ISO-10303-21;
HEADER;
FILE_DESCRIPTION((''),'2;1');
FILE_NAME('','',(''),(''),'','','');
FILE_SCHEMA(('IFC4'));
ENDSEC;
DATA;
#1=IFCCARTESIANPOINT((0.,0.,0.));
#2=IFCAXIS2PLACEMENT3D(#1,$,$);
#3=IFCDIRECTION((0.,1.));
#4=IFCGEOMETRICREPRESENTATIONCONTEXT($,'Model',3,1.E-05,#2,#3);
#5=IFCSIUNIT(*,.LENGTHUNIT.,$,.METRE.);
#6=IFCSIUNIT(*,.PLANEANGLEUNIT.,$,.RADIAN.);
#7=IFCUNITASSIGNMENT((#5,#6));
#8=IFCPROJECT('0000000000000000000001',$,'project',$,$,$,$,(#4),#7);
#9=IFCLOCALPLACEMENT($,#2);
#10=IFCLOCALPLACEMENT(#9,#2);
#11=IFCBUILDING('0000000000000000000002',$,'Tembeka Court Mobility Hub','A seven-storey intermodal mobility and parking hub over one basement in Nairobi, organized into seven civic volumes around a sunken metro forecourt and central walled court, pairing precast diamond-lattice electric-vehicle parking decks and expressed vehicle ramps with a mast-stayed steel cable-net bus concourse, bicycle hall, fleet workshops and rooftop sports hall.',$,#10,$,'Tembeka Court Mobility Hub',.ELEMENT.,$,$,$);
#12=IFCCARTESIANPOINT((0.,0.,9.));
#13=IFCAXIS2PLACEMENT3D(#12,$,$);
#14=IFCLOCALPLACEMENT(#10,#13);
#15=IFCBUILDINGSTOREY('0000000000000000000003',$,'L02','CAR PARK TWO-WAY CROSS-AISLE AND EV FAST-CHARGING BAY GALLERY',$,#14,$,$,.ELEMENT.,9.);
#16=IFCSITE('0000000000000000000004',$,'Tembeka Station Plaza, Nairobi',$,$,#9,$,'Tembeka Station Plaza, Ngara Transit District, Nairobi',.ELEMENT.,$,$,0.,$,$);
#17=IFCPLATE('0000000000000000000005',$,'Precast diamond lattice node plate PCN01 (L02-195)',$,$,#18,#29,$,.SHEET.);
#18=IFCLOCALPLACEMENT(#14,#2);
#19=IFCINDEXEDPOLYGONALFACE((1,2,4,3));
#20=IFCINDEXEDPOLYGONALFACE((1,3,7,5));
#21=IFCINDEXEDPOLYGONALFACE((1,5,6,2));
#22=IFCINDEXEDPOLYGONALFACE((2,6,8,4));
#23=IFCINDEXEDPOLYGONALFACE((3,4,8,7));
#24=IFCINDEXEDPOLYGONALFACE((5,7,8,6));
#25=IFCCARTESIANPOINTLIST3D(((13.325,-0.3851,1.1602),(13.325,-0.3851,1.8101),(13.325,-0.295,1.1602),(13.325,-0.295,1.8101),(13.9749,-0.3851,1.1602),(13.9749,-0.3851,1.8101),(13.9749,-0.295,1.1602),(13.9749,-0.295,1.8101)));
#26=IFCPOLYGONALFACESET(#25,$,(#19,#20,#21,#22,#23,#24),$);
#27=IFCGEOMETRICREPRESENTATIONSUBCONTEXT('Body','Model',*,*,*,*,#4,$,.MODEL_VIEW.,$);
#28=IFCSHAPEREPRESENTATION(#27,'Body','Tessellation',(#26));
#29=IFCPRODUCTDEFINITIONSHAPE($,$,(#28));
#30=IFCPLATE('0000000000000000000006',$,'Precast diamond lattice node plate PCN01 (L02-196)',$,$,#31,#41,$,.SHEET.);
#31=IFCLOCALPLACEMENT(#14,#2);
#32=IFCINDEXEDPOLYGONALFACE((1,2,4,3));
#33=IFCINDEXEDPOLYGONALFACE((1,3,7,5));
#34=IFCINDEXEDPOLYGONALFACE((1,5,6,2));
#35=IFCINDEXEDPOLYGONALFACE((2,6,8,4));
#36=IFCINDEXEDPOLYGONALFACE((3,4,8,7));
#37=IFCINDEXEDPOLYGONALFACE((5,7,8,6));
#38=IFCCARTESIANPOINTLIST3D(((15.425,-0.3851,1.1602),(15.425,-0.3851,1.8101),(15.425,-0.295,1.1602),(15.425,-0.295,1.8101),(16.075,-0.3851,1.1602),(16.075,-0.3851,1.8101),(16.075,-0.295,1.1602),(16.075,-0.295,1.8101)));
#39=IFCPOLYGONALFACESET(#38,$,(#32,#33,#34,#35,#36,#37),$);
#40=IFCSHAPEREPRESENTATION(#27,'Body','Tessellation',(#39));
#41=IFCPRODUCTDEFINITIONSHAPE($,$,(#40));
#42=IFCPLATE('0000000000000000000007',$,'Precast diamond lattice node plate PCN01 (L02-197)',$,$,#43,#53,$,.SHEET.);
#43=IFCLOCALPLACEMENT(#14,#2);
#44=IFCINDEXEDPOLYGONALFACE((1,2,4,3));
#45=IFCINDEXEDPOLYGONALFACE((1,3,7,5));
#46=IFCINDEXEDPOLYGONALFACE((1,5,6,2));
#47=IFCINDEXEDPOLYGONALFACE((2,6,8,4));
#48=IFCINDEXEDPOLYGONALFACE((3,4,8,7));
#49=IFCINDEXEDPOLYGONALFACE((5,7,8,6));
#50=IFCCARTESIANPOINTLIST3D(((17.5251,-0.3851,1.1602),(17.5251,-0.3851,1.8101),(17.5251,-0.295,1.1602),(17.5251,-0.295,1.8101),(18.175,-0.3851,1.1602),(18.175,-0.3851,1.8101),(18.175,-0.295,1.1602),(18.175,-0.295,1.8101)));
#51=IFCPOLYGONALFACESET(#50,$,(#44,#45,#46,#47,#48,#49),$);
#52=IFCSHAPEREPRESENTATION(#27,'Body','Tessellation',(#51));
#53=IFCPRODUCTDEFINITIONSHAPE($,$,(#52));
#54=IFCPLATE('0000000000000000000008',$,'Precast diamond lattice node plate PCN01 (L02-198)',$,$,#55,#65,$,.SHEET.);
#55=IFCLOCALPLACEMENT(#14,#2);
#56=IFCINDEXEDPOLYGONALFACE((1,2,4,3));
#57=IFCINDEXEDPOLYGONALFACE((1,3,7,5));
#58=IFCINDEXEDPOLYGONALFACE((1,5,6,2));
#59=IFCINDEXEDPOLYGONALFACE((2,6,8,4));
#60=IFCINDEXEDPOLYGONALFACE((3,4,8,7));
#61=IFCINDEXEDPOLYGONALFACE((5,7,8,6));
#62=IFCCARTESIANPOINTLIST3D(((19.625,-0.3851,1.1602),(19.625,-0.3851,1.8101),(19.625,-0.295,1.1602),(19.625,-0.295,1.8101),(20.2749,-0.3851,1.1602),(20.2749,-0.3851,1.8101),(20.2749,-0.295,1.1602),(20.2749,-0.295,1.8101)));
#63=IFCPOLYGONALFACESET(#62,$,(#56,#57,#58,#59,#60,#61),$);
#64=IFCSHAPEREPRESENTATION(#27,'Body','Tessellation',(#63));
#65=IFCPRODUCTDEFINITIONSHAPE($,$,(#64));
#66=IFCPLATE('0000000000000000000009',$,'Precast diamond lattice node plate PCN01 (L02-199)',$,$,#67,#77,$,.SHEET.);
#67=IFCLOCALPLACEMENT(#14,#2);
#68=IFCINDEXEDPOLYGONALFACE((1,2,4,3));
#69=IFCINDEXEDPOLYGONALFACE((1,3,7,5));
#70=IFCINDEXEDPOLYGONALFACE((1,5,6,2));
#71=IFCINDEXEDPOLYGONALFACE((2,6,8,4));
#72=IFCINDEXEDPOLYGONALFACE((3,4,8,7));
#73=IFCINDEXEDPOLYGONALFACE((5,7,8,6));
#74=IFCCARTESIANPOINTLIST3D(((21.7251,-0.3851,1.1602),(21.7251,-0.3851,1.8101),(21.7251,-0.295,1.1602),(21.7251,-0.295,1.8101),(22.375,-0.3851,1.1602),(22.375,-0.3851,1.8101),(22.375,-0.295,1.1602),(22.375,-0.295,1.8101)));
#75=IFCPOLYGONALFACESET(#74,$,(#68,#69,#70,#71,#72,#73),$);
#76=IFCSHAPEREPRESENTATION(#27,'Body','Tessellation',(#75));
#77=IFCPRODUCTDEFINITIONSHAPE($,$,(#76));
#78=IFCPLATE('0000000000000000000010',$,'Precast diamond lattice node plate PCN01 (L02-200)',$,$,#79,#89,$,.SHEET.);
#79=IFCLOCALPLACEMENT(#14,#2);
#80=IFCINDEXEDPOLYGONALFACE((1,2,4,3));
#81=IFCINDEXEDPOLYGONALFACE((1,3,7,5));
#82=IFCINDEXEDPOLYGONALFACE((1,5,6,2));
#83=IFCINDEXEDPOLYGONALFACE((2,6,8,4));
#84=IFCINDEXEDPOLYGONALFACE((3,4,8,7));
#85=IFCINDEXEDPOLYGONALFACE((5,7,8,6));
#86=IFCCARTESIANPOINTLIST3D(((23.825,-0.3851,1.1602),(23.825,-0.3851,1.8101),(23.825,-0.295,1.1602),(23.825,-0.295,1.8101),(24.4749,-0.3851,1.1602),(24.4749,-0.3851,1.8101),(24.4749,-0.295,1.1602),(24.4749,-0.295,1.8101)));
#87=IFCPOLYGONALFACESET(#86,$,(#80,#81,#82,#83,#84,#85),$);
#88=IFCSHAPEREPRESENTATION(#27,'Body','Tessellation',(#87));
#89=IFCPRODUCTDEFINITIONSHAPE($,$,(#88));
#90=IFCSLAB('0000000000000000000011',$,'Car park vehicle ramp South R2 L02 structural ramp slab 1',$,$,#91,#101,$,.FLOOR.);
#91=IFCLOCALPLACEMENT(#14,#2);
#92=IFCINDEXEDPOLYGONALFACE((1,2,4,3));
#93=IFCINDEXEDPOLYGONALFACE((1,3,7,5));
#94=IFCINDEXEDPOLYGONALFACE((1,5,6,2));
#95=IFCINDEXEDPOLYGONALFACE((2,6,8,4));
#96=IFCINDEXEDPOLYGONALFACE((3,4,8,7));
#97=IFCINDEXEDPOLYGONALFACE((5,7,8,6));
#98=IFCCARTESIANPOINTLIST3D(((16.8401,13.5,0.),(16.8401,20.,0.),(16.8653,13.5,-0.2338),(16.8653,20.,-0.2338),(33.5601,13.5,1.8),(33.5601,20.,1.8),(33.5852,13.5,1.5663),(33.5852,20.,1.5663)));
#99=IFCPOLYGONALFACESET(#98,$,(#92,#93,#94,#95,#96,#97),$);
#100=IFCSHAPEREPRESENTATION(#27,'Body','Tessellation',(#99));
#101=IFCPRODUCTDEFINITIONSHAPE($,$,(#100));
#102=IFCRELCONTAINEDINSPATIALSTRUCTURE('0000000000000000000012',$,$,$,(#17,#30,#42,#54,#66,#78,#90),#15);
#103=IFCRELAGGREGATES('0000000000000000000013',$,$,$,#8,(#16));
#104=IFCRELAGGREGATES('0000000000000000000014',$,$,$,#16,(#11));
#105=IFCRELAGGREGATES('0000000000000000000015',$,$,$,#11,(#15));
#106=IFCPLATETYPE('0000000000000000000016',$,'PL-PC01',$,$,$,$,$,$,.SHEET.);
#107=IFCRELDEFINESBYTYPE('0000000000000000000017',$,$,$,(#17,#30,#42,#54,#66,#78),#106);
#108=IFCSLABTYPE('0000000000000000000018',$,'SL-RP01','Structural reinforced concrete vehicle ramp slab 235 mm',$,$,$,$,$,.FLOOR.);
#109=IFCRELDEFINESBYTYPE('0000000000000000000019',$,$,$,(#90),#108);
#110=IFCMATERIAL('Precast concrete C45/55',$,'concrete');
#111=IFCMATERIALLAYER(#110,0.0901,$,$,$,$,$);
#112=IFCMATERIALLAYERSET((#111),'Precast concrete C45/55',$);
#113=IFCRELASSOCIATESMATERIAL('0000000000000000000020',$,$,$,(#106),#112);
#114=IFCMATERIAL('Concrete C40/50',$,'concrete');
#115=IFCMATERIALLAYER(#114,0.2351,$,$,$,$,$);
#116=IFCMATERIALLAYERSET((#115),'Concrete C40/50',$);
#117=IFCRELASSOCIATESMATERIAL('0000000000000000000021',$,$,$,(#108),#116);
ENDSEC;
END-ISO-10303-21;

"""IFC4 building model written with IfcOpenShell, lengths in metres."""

from ifc_helpers import new_model, si_unit, direction, frame, origin, origin_2d, place, context, subcontext, project, spatial, polyline, rectangle, outline, extrude, material, layer, layer_set, type_object, element, save


model = new_model("IFC4")

# Units and contexts
model_context = context("Model", 3, precision=1e-05, world=origin(), true_north=direction((0.0, 1.0)))
body_context = subcontext(model_context, "Body", "Model", "MODEL_VIEW")
ifc_project = project(units=[si_unit("LENGTHUNIT", "METRE"), si_unit("PLANEANGLEUNIT", "RADIAN")], contexts=[model_context])

# Site, building, storey
site_placement = place(None, origin())
site = spatial("IfcSite", under=ifc_project, at=site_placement, Name="Tembeka Station Plaza, Nairobi", LongName="Tembeka Station Plaza, Ngara Transit District, Nairobi", CompositionType="ELEMENT", RefElevation=0.0)
building_placement = place(site_placement, origin())
building = spatial("IfcBuilding", under=site, at=building_placement, Name="Tembeka Court Mobility Hub", Description="A seven-storey intermodal mobility and parking hub over one basement in Nairobi, organized into seven civic volumes around a sunken metro forecourt and central walled court, pairing precast diamond-lattice electric-vehicle parking decks and expressed vehicle ramps with a mast-stayed steel cable-net bus concourse, bicycle hall, fleet workshops and rooftop sports hall.", LongName="Tembeka Court Mobility Hub", CompositionType="ELEMENT")
storey_placement = place(building_placement, frame((0.0, 0.0, 9.0)))
storey = spatial("IfcBuildingStorey", under=building, at=storey_placement, Name="L02", Description="CAR PARK TWO-WAY CROSS-AISLE AND EV FAST-CHARGING BAY GALLERY", CompositionType="ELEMENT", Elevation=9.0)

# Shared definitions
ifc_material_1 = material(Name="Precast concrete C45/55", Category="concrete")

# Plates
ifc_layer_1 = layer(ifc_material_1, 0.0901)
ifc_layer_set_1 = layer_set([ifc_layer_1], Name="Precast concrete C45/55")
plate_type = type_object("IfcPlateType", Name="PL-PC01", PredefinedType="SHEET", material=ifc_layer_set_1)
for number, where, z_axis, x_axis, name in (
    (1, (13.6499, -0.3401, 1.1602), (0.0, 0.0, 1.0), (1.0, 0.0, 0.0), "Precast diamond lattice node plate PCN01 (L02-195)"),
    (2, (15.75, -0.3401, 1.1602), (0.0, 0.0, 1.0), (1.0, 0.0, 0.0), "Precast diamond lattice node plate PCN01 (L02-196)"),
    (3, (17.8501, -0.3401, 1.1602), (0.0, 0.0, 1.0), (1.0, 0.0, 0.0), "Precast diamond lattice node plate PCN01 (L02-197)"),
    (4, (19.95, -0.3401, 1.1602), (0.0, 0.0, 1.0), (1.0, 0.0, 0.0), "Precast diamond lattice node plate PCN01 (L02-198)"),
    (5, (22.05, -0.3401, 1.1602), (0.0, 0.0, 1.0), (1.0, 0.0, 0.0), "Precast diamond lattice node plate PCN01 (L02-199)"),
    (6, (24.1499, -0.3401, 1.1602), (0.0, 0.0, 1.0), (1.0, 0.0, 0.0), "Precast diamond lattice node plate PCN01 (L02-200)"),
):
    element("IfcPlate", number, at=place(storey_placement, frame(where, z_axis=z_axis, x_axis=x_axis)), inside=storey, type_object=plate_type, Name=name, PredefinedType="SHEET", context=body_context, shape_type="SweptSolid", body=[
        extrude(rectangle(XDim=0.6499, YDim=0.0901, at=origin_2d()), origin(), (0.0, 0.0, 1.0), 0.6499),
    ])

# Slab
ifc_material_2 = material(Name="Concrete C40/50", Category="concrete")
ifc_layer_2 = layer(ifc_material_2, 0.2351)
ifc_layer_set_2 = layer_set([ifc_layer_2], Name="Concrete C40/50")
slab_type = type_object("IfcSlabType", Name="SL-RP01", Description="Structural reinforced concrete vehicle ramp slab 235 mm", PredefinedType="FLOOR", material=ifc_layer_set_2)
slab_placement = place(storey_placement, frame((16.8401, 13.5, 0.0), z_axis=(-0.10704, 0.0, 0.994255), x_axis=(0.994255, 0.0, 0.10704)))
element("IfcSlab", 7, at=slab_placement, inside=storey, type_object=slab_type, Name="Car park vehicle ramp South R2 L02 structural ramp slab 1", PredefinedType="FLOOR", context=body_context, shape_type="SweptSolid", body=[
    extrude(outline(polyline([(0.0, 0.0), (16.8166, 0.0), (16.8166, 6.5), (0.0, 6.5), (0.0, 0.0)])), origin(), (0.0, 0.0, -1.0), 0.2351),
])

save(model, "model.ifc")
